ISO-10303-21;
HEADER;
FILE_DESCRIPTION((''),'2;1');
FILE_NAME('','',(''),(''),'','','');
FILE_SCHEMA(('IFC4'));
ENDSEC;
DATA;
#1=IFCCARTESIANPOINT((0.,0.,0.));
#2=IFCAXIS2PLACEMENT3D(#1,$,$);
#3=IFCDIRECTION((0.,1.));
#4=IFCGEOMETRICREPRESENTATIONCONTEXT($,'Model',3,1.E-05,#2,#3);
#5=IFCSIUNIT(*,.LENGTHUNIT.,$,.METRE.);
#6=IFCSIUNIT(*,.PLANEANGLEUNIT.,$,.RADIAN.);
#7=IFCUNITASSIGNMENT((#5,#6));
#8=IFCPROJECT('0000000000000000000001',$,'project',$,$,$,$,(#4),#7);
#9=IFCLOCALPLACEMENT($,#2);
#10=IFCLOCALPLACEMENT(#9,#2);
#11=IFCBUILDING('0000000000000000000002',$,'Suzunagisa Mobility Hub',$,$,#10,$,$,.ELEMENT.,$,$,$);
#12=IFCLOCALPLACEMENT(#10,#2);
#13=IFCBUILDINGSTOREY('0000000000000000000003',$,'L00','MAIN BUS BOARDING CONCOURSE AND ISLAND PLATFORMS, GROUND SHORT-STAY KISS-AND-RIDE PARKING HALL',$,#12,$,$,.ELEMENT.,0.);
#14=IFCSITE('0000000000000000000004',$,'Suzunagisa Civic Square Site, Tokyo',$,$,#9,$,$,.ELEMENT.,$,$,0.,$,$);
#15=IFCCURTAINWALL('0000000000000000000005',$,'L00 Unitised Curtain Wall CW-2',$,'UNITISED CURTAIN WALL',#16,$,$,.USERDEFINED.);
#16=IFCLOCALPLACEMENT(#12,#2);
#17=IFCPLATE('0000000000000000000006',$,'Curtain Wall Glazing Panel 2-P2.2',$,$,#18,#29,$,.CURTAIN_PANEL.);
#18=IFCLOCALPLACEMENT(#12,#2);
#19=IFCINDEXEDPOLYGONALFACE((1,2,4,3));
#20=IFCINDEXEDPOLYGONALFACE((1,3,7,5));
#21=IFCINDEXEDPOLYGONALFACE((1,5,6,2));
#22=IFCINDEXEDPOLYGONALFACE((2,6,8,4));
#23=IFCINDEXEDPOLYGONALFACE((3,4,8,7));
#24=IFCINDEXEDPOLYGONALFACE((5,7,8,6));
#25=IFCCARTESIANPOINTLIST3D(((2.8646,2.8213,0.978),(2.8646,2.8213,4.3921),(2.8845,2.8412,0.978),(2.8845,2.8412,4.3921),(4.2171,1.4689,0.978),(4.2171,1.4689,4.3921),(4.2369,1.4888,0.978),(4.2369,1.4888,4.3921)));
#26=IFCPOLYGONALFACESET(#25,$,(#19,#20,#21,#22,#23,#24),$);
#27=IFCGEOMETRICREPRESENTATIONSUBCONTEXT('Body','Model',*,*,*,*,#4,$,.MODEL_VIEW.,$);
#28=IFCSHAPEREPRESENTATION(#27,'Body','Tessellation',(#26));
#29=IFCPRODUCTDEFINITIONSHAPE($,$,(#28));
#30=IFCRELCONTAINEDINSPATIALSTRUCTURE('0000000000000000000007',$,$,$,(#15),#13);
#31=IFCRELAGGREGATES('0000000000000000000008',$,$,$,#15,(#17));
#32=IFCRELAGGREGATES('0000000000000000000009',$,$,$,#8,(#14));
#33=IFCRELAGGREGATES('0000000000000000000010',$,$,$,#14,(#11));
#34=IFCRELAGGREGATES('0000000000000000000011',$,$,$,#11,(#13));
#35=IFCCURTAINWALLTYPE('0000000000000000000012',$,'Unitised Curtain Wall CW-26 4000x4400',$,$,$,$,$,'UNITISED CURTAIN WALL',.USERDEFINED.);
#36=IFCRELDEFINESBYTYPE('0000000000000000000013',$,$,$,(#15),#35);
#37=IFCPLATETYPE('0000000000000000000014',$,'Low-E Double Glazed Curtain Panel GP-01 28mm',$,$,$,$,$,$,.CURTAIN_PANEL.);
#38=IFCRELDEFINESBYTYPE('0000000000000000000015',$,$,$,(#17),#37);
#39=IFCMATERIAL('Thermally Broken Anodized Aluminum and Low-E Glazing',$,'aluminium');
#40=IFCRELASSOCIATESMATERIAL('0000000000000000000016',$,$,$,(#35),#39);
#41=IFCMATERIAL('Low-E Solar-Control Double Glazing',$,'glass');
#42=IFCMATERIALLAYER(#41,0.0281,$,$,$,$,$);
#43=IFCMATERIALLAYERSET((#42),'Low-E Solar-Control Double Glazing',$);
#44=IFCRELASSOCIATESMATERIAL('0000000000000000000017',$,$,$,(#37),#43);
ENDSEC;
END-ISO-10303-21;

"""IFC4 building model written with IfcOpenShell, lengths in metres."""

from ifc_helpers import new_model, si_unit, direction, frame, origin, origin_2d, place, context, subcontext, project, spatial, rectangle, extrude, material, layer, layer_set, type_object, element, aggregate, save


model = new_model("IFC4")

# Units and contexts
model_context = context("Model", 3, precision=1e-05, world=origin(), true_north=direction((0.0, 1.0)))
body_context = subcontext(model_context, "Body", "Model", "MODEL_VIEW")
ifc_project = project(units=[si_unit("LENGTHUNIT", "METRE"), si_unit("PLANEANGLEUNIT", "RADIAN")], contexts=[model_context])

# Site, building, storey
site_placement = place(None, origin())
site = spatial("IfcSite", under=ifc_project, at=site_placement, Name="Suzunagisa Civic Square Site, Tokyo", CompositionType="ELEMENT", RefElevation=0.0)
building_placement = place(site_placement, origin())
building = spatial("IfcBuilding", under=site, at=building_placement, Name="Suzunagisa Mobility Hub", CompositionType="ELEMENT")
storey_placement = place(building_placement, origin())
storey = spatial("IfcBuildingStorey", under=building, at=storey_placement, Name="L00", Description="MAIN BUS BOARDING CONCOURSE AND ISLAND PLATFORMS, GROUND SHORT-STAY KISS-AND-RIDE PARKING HALL", CompositionType="ELEMENT", Elevation=0.0)

# Curtain wall
ifc_material_1 = material(Name="Thermally Broken Anodized Aluminum and Low-E Glazing", Category="aluminium")
curtain_wall_type_1 = type_object("IfcCurtainWallType", Name="Unitised Curtain Wall CW-26 4000x4400", ElementType="UNITISED CURTAIN WALL", PredefinedType="USERDEFINED", material=ifc_material_1)
curtain_wall_1_placement = place(storey_placement, origin())
curtain_wall_1 = element("IfcCurtainWall", 1, at=curtain_wall_1_placement, inside=storey, type_object=curtain_wall_type_1, Name="L00 Unitised Curtain Wall CW-2", ObjectType="UNITISED CURTAIN WALL", PredefinedType="USERDEFINED")

# Plate
ifc_material_2 = material(Name="Low-E Solar-Control Double Glazing", Category="glass")
ifc_layer = layer(ifc_material_2, 0.0281)
ifc_layer_set = layer_set([ifc_layer], Name="Low-E Solar-Control Double Glazing")
plate_type = type_object("IfcPlateType", Name="Low-E Double Glazed Curtain Panel GP-01 28mm", PredefinedType="CURTAIN_PANEL", material=ifc_layer_set)
plate_1_placement = place(storey_placement, frame((3.5508, 2.155, 0.978), z_axis=(0.0, 0.0, 1.0), x_axis=(0.707107, -0.707107, 0.0)))
plate_1 = element("IfcPlate", 2, at=plate_1_placement, type_object=plate_type, Name="Curtain Wall Glazing Panel 2-P2.2", PredefinedType="CURTAIN_PANEL", context=body_context, shape_type="SweptSolid", body=[
    extrude(rectangle(XDim=1.9126, YDim=0.0281, at=origin_2d()), origin(), (0.0, 0.0, 1.0), 3.4141),
])
aggregate(curtain_wall_1, [plate_1])

save(model, "model.ifc")
